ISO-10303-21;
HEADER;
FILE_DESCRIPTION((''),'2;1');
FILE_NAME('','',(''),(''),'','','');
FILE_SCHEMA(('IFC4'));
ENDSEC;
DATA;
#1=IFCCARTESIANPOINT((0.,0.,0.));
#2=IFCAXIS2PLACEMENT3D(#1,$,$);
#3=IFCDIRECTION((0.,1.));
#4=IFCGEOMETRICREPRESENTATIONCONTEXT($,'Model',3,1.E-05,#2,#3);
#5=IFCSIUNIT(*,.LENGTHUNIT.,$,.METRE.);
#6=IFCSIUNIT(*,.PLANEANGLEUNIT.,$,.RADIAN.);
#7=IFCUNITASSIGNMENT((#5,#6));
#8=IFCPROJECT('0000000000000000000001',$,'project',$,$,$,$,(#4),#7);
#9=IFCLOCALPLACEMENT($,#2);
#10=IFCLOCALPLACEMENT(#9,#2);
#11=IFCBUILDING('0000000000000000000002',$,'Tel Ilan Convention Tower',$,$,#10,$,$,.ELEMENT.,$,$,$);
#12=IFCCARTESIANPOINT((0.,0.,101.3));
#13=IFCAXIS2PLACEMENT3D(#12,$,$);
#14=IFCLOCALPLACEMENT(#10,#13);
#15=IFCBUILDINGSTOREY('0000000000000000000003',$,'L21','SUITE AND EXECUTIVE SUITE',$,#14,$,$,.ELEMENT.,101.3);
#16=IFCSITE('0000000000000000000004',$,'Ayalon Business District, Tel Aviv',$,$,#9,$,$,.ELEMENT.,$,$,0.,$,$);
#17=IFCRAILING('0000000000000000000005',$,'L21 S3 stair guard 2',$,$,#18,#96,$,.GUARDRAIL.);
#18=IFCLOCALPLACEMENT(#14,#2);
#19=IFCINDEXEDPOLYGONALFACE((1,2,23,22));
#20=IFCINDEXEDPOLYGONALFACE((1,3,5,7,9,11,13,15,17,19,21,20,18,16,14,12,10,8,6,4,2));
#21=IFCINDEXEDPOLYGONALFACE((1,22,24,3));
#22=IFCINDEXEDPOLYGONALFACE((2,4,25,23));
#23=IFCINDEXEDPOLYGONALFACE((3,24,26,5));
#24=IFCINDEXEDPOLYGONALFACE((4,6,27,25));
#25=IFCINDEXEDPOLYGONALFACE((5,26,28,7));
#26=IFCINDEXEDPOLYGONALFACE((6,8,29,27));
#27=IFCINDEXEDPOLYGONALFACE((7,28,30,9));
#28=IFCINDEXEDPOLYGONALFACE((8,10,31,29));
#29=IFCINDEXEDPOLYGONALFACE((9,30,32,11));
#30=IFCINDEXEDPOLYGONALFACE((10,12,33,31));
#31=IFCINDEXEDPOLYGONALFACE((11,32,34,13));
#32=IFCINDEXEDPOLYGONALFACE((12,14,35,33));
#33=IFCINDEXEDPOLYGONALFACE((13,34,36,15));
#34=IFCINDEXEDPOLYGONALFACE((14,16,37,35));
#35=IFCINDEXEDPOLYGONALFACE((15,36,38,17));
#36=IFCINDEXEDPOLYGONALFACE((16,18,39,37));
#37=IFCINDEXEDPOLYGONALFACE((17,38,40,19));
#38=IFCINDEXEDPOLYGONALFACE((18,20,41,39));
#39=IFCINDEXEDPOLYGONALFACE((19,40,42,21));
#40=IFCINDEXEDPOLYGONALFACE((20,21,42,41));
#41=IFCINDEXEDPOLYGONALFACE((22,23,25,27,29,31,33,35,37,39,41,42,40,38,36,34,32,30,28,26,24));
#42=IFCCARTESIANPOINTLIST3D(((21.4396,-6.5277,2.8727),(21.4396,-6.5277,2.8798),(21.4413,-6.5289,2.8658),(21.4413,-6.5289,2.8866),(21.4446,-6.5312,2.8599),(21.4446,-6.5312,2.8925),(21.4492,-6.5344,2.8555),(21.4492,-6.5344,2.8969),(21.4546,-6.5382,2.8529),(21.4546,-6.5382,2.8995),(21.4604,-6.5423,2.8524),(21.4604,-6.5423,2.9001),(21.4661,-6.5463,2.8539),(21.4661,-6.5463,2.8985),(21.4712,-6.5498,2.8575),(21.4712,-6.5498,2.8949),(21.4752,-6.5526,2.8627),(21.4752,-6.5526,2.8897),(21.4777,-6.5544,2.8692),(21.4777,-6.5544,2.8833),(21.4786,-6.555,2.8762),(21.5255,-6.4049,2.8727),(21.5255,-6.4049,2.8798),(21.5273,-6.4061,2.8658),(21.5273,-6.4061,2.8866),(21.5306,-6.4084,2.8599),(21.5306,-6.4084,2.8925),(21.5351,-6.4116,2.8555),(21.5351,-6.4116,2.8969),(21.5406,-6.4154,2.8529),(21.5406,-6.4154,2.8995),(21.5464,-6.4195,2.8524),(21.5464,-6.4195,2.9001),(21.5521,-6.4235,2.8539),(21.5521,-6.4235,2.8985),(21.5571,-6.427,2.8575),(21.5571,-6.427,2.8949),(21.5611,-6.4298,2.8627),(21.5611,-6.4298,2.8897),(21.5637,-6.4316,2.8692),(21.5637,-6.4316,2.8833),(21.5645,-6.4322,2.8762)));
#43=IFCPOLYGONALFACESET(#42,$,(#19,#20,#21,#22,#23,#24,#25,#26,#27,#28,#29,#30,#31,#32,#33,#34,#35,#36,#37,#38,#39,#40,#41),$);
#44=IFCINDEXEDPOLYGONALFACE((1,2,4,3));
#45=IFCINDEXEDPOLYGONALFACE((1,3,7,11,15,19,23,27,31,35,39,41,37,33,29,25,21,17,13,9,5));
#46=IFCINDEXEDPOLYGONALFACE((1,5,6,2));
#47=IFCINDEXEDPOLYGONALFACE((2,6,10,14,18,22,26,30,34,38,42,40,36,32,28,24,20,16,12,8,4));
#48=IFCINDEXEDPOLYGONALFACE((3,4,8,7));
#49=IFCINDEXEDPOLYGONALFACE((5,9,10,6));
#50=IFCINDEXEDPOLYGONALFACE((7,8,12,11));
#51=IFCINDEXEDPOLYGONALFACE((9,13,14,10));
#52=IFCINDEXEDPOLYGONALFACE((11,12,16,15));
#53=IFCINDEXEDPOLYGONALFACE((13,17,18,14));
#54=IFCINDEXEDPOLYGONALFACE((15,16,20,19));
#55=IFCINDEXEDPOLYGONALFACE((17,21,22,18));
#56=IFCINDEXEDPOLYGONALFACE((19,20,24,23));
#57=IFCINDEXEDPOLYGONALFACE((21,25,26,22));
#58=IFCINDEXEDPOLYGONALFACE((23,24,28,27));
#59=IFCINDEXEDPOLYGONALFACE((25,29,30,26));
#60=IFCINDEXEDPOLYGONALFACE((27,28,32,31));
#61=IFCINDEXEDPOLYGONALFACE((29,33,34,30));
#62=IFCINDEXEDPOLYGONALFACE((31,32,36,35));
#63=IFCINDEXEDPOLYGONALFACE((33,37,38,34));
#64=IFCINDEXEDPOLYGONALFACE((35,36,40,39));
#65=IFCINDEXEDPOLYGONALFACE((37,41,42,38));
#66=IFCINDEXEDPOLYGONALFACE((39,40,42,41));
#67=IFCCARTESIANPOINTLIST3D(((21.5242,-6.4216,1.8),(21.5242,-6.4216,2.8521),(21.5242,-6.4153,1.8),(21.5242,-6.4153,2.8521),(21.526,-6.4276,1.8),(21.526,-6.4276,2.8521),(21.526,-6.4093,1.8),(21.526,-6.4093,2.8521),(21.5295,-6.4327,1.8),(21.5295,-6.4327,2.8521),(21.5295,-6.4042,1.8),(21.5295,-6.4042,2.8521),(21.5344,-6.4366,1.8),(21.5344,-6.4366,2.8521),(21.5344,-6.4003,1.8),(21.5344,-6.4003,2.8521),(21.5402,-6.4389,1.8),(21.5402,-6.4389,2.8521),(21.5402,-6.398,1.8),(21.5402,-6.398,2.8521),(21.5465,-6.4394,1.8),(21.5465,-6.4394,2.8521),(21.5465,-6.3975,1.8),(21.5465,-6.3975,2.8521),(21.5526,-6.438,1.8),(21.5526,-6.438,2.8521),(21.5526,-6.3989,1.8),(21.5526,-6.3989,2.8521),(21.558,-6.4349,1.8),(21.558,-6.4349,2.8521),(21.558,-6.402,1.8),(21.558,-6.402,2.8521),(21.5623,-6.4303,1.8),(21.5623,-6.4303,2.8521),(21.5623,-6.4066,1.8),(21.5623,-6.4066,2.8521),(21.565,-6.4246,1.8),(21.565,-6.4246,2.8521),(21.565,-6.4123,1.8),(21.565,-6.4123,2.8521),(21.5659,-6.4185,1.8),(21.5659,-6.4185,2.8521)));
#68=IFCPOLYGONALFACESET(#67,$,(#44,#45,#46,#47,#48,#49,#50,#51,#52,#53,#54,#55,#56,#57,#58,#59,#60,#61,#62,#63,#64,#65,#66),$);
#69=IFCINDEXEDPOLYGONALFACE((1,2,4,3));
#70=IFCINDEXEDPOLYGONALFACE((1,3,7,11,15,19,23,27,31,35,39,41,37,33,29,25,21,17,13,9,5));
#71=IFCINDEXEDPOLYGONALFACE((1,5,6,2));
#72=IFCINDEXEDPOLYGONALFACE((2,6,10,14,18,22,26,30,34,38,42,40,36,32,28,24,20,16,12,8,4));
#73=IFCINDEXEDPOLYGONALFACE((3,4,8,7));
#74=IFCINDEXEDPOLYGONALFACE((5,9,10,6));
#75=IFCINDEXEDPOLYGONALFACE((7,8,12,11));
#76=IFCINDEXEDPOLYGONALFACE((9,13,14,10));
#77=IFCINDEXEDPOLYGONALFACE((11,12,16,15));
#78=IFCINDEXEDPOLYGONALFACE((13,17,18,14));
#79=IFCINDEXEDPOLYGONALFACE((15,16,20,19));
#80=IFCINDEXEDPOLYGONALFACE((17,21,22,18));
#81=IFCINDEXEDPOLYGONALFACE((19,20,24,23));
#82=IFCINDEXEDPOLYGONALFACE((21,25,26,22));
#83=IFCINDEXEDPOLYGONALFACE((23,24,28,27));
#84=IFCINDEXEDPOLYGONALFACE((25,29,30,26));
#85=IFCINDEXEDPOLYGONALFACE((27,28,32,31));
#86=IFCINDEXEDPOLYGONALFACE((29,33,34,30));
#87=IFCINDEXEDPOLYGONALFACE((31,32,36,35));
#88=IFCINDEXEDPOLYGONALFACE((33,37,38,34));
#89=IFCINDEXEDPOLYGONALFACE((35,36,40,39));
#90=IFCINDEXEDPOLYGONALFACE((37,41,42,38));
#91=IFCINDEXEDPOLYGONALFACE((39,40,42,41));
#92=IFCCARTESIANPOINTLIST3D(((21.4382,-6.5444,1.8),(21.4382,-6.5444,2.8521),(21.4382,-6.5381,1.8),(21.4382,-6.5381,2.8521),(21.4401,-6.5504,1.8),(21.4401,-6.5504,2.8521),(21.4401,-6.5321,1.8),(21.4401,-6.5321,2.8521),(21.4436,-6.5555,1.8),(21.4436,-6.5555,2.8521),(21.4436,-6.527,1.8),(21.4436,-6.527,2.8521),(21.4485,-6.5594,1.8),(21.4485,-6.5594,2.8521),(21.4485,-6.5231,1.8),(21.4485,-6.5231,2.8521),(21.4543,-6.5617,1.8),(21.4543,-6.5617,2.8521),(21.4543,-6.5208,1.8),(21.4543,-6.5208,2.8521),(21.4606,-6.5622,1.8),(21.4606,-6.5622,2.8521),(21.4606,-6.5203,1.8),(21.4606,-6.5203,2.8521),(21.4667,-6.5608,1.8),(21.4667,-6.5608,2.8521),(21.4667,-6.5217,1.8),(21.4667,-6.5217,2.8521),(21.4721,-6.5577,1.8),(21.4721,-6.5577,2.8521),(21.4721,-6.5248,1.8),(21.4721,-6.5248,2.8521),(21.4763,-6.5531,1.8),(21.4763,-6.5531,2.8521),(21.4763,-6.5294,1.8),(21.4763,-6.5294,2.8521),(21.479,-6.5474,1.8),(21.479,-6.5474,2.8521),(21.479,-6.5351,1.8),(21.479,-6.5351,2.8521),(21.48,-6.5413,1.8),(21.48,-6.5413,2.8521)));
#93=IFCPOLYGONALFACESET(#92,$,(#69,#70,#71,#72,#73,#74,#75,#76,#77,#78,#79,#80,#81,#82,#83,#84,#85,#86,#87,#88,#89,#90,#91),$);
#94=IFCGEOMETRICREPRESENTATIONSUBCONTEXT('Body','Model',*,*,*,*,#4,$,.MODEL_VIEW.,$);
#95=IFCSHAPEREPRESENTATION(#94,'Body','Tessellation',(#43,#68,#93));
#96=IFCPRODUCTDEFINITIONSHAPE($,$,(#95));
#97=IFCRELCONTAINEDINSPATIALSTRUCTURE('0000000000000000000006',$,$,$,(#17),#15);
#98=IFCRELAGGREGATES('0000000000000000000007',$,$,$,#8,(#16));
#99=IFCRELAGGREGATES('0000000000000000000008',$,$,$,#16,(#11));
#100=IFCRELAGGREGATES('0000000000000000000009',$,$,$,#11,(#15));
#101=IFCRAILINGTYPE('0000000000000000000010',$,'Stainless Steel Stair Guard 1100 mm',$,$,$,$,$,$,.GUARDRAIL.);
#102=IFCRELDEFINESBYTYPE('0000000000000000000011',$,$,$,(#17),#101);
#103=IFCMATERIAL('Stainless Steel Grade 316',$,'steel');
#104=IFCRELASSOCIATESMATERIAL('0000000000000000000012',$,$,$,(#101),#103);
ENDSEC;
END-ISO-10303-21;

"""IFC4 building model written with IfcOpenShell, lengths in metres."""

from ifc_helpers import new_model, si_unit, direction, frame, origin, origin_2d, place, context, subcontext, project, spatial, circle, extrude, material, type_object, element, save


model = new_model("IFC4")

# Units and contexts
model_context = context("Model", 3, precision=1e-05, world=origin(), true_north=direction((0.0, 1.0)))
body_context = subcontext(model_context, "Body", "Model", "MODEL_VIEW")
ifc_project = project(units=[si_unit("LENGTHUNIT", "METRE"), si_unit("PLANEANGLEUNIT", "RADIAN")], contexts=[model_context])

# Site, building, storey
site_placement = place(None, origin())
site = spatial("IfcSite", under=ifc_project, at=site_placement, Name="Ayalon Business District, Tel Aviv", CompositionType="ELEMENT", RefElevation=0.0)
building_placement = place(site_placement, origin())
building = spatial("IfcBuilding", under=site, at=building_placement, Name="Tel Ilan Convention Tower", CompositionType="ELEMENT")
storey_placement = place(building_placement, frame((0.0, 0.0, 101.3)))
storey = spatial("IfcBuildingStorey", under=building, at=storey_placement, Name="L21", Description="SUITE AND EXECUTIVE SUITE", CompositionType="ELEMENT", Elevation=101.3)

# Railing
ifc_material_1 = material(Name="Stainless Steel Grade 316", Category="steel")
railing_type_1 = type_object("IfcRailingType", Name="Stainless Steel Stair Guard 1100 mm", PredefinedType="GUARDRAIL", material=ifc_material_1)
railing_1_placement = place(storey_placement, frame((21.5449, -6.4185, 1.8)))
element("IfcRailing", 1, at=railing_1_placement, inside=storey, type_object=railing_type_1, Name="L21 S3 stair guard 2", PredefinedType="GUARDRAIL", context=body_context, shape_type="SweptSolid", body=[
    extrude(circle(Radius=0.0239, at=origin_2d()), frame((0.0, 0.0, 1.0762), z_axis=(-0.573353, -0.819308, 0.0), x_axis=(0.819308, -0.573353, 0.0)), (0.0, 0.0, 1.0), 0.1499),
    extrude(circle(Radius=0.021, at=origin_2d()), origin(), (0.0, 0.0, 1.0), 1.052),
    extrude(circle(Radius=0.021, at=origin_2d()), frame((-0.0859, -0.1228, 0.0)), (0.0, 0.0, 1.0), 1.052),
])

save(model, "model.ifc")
